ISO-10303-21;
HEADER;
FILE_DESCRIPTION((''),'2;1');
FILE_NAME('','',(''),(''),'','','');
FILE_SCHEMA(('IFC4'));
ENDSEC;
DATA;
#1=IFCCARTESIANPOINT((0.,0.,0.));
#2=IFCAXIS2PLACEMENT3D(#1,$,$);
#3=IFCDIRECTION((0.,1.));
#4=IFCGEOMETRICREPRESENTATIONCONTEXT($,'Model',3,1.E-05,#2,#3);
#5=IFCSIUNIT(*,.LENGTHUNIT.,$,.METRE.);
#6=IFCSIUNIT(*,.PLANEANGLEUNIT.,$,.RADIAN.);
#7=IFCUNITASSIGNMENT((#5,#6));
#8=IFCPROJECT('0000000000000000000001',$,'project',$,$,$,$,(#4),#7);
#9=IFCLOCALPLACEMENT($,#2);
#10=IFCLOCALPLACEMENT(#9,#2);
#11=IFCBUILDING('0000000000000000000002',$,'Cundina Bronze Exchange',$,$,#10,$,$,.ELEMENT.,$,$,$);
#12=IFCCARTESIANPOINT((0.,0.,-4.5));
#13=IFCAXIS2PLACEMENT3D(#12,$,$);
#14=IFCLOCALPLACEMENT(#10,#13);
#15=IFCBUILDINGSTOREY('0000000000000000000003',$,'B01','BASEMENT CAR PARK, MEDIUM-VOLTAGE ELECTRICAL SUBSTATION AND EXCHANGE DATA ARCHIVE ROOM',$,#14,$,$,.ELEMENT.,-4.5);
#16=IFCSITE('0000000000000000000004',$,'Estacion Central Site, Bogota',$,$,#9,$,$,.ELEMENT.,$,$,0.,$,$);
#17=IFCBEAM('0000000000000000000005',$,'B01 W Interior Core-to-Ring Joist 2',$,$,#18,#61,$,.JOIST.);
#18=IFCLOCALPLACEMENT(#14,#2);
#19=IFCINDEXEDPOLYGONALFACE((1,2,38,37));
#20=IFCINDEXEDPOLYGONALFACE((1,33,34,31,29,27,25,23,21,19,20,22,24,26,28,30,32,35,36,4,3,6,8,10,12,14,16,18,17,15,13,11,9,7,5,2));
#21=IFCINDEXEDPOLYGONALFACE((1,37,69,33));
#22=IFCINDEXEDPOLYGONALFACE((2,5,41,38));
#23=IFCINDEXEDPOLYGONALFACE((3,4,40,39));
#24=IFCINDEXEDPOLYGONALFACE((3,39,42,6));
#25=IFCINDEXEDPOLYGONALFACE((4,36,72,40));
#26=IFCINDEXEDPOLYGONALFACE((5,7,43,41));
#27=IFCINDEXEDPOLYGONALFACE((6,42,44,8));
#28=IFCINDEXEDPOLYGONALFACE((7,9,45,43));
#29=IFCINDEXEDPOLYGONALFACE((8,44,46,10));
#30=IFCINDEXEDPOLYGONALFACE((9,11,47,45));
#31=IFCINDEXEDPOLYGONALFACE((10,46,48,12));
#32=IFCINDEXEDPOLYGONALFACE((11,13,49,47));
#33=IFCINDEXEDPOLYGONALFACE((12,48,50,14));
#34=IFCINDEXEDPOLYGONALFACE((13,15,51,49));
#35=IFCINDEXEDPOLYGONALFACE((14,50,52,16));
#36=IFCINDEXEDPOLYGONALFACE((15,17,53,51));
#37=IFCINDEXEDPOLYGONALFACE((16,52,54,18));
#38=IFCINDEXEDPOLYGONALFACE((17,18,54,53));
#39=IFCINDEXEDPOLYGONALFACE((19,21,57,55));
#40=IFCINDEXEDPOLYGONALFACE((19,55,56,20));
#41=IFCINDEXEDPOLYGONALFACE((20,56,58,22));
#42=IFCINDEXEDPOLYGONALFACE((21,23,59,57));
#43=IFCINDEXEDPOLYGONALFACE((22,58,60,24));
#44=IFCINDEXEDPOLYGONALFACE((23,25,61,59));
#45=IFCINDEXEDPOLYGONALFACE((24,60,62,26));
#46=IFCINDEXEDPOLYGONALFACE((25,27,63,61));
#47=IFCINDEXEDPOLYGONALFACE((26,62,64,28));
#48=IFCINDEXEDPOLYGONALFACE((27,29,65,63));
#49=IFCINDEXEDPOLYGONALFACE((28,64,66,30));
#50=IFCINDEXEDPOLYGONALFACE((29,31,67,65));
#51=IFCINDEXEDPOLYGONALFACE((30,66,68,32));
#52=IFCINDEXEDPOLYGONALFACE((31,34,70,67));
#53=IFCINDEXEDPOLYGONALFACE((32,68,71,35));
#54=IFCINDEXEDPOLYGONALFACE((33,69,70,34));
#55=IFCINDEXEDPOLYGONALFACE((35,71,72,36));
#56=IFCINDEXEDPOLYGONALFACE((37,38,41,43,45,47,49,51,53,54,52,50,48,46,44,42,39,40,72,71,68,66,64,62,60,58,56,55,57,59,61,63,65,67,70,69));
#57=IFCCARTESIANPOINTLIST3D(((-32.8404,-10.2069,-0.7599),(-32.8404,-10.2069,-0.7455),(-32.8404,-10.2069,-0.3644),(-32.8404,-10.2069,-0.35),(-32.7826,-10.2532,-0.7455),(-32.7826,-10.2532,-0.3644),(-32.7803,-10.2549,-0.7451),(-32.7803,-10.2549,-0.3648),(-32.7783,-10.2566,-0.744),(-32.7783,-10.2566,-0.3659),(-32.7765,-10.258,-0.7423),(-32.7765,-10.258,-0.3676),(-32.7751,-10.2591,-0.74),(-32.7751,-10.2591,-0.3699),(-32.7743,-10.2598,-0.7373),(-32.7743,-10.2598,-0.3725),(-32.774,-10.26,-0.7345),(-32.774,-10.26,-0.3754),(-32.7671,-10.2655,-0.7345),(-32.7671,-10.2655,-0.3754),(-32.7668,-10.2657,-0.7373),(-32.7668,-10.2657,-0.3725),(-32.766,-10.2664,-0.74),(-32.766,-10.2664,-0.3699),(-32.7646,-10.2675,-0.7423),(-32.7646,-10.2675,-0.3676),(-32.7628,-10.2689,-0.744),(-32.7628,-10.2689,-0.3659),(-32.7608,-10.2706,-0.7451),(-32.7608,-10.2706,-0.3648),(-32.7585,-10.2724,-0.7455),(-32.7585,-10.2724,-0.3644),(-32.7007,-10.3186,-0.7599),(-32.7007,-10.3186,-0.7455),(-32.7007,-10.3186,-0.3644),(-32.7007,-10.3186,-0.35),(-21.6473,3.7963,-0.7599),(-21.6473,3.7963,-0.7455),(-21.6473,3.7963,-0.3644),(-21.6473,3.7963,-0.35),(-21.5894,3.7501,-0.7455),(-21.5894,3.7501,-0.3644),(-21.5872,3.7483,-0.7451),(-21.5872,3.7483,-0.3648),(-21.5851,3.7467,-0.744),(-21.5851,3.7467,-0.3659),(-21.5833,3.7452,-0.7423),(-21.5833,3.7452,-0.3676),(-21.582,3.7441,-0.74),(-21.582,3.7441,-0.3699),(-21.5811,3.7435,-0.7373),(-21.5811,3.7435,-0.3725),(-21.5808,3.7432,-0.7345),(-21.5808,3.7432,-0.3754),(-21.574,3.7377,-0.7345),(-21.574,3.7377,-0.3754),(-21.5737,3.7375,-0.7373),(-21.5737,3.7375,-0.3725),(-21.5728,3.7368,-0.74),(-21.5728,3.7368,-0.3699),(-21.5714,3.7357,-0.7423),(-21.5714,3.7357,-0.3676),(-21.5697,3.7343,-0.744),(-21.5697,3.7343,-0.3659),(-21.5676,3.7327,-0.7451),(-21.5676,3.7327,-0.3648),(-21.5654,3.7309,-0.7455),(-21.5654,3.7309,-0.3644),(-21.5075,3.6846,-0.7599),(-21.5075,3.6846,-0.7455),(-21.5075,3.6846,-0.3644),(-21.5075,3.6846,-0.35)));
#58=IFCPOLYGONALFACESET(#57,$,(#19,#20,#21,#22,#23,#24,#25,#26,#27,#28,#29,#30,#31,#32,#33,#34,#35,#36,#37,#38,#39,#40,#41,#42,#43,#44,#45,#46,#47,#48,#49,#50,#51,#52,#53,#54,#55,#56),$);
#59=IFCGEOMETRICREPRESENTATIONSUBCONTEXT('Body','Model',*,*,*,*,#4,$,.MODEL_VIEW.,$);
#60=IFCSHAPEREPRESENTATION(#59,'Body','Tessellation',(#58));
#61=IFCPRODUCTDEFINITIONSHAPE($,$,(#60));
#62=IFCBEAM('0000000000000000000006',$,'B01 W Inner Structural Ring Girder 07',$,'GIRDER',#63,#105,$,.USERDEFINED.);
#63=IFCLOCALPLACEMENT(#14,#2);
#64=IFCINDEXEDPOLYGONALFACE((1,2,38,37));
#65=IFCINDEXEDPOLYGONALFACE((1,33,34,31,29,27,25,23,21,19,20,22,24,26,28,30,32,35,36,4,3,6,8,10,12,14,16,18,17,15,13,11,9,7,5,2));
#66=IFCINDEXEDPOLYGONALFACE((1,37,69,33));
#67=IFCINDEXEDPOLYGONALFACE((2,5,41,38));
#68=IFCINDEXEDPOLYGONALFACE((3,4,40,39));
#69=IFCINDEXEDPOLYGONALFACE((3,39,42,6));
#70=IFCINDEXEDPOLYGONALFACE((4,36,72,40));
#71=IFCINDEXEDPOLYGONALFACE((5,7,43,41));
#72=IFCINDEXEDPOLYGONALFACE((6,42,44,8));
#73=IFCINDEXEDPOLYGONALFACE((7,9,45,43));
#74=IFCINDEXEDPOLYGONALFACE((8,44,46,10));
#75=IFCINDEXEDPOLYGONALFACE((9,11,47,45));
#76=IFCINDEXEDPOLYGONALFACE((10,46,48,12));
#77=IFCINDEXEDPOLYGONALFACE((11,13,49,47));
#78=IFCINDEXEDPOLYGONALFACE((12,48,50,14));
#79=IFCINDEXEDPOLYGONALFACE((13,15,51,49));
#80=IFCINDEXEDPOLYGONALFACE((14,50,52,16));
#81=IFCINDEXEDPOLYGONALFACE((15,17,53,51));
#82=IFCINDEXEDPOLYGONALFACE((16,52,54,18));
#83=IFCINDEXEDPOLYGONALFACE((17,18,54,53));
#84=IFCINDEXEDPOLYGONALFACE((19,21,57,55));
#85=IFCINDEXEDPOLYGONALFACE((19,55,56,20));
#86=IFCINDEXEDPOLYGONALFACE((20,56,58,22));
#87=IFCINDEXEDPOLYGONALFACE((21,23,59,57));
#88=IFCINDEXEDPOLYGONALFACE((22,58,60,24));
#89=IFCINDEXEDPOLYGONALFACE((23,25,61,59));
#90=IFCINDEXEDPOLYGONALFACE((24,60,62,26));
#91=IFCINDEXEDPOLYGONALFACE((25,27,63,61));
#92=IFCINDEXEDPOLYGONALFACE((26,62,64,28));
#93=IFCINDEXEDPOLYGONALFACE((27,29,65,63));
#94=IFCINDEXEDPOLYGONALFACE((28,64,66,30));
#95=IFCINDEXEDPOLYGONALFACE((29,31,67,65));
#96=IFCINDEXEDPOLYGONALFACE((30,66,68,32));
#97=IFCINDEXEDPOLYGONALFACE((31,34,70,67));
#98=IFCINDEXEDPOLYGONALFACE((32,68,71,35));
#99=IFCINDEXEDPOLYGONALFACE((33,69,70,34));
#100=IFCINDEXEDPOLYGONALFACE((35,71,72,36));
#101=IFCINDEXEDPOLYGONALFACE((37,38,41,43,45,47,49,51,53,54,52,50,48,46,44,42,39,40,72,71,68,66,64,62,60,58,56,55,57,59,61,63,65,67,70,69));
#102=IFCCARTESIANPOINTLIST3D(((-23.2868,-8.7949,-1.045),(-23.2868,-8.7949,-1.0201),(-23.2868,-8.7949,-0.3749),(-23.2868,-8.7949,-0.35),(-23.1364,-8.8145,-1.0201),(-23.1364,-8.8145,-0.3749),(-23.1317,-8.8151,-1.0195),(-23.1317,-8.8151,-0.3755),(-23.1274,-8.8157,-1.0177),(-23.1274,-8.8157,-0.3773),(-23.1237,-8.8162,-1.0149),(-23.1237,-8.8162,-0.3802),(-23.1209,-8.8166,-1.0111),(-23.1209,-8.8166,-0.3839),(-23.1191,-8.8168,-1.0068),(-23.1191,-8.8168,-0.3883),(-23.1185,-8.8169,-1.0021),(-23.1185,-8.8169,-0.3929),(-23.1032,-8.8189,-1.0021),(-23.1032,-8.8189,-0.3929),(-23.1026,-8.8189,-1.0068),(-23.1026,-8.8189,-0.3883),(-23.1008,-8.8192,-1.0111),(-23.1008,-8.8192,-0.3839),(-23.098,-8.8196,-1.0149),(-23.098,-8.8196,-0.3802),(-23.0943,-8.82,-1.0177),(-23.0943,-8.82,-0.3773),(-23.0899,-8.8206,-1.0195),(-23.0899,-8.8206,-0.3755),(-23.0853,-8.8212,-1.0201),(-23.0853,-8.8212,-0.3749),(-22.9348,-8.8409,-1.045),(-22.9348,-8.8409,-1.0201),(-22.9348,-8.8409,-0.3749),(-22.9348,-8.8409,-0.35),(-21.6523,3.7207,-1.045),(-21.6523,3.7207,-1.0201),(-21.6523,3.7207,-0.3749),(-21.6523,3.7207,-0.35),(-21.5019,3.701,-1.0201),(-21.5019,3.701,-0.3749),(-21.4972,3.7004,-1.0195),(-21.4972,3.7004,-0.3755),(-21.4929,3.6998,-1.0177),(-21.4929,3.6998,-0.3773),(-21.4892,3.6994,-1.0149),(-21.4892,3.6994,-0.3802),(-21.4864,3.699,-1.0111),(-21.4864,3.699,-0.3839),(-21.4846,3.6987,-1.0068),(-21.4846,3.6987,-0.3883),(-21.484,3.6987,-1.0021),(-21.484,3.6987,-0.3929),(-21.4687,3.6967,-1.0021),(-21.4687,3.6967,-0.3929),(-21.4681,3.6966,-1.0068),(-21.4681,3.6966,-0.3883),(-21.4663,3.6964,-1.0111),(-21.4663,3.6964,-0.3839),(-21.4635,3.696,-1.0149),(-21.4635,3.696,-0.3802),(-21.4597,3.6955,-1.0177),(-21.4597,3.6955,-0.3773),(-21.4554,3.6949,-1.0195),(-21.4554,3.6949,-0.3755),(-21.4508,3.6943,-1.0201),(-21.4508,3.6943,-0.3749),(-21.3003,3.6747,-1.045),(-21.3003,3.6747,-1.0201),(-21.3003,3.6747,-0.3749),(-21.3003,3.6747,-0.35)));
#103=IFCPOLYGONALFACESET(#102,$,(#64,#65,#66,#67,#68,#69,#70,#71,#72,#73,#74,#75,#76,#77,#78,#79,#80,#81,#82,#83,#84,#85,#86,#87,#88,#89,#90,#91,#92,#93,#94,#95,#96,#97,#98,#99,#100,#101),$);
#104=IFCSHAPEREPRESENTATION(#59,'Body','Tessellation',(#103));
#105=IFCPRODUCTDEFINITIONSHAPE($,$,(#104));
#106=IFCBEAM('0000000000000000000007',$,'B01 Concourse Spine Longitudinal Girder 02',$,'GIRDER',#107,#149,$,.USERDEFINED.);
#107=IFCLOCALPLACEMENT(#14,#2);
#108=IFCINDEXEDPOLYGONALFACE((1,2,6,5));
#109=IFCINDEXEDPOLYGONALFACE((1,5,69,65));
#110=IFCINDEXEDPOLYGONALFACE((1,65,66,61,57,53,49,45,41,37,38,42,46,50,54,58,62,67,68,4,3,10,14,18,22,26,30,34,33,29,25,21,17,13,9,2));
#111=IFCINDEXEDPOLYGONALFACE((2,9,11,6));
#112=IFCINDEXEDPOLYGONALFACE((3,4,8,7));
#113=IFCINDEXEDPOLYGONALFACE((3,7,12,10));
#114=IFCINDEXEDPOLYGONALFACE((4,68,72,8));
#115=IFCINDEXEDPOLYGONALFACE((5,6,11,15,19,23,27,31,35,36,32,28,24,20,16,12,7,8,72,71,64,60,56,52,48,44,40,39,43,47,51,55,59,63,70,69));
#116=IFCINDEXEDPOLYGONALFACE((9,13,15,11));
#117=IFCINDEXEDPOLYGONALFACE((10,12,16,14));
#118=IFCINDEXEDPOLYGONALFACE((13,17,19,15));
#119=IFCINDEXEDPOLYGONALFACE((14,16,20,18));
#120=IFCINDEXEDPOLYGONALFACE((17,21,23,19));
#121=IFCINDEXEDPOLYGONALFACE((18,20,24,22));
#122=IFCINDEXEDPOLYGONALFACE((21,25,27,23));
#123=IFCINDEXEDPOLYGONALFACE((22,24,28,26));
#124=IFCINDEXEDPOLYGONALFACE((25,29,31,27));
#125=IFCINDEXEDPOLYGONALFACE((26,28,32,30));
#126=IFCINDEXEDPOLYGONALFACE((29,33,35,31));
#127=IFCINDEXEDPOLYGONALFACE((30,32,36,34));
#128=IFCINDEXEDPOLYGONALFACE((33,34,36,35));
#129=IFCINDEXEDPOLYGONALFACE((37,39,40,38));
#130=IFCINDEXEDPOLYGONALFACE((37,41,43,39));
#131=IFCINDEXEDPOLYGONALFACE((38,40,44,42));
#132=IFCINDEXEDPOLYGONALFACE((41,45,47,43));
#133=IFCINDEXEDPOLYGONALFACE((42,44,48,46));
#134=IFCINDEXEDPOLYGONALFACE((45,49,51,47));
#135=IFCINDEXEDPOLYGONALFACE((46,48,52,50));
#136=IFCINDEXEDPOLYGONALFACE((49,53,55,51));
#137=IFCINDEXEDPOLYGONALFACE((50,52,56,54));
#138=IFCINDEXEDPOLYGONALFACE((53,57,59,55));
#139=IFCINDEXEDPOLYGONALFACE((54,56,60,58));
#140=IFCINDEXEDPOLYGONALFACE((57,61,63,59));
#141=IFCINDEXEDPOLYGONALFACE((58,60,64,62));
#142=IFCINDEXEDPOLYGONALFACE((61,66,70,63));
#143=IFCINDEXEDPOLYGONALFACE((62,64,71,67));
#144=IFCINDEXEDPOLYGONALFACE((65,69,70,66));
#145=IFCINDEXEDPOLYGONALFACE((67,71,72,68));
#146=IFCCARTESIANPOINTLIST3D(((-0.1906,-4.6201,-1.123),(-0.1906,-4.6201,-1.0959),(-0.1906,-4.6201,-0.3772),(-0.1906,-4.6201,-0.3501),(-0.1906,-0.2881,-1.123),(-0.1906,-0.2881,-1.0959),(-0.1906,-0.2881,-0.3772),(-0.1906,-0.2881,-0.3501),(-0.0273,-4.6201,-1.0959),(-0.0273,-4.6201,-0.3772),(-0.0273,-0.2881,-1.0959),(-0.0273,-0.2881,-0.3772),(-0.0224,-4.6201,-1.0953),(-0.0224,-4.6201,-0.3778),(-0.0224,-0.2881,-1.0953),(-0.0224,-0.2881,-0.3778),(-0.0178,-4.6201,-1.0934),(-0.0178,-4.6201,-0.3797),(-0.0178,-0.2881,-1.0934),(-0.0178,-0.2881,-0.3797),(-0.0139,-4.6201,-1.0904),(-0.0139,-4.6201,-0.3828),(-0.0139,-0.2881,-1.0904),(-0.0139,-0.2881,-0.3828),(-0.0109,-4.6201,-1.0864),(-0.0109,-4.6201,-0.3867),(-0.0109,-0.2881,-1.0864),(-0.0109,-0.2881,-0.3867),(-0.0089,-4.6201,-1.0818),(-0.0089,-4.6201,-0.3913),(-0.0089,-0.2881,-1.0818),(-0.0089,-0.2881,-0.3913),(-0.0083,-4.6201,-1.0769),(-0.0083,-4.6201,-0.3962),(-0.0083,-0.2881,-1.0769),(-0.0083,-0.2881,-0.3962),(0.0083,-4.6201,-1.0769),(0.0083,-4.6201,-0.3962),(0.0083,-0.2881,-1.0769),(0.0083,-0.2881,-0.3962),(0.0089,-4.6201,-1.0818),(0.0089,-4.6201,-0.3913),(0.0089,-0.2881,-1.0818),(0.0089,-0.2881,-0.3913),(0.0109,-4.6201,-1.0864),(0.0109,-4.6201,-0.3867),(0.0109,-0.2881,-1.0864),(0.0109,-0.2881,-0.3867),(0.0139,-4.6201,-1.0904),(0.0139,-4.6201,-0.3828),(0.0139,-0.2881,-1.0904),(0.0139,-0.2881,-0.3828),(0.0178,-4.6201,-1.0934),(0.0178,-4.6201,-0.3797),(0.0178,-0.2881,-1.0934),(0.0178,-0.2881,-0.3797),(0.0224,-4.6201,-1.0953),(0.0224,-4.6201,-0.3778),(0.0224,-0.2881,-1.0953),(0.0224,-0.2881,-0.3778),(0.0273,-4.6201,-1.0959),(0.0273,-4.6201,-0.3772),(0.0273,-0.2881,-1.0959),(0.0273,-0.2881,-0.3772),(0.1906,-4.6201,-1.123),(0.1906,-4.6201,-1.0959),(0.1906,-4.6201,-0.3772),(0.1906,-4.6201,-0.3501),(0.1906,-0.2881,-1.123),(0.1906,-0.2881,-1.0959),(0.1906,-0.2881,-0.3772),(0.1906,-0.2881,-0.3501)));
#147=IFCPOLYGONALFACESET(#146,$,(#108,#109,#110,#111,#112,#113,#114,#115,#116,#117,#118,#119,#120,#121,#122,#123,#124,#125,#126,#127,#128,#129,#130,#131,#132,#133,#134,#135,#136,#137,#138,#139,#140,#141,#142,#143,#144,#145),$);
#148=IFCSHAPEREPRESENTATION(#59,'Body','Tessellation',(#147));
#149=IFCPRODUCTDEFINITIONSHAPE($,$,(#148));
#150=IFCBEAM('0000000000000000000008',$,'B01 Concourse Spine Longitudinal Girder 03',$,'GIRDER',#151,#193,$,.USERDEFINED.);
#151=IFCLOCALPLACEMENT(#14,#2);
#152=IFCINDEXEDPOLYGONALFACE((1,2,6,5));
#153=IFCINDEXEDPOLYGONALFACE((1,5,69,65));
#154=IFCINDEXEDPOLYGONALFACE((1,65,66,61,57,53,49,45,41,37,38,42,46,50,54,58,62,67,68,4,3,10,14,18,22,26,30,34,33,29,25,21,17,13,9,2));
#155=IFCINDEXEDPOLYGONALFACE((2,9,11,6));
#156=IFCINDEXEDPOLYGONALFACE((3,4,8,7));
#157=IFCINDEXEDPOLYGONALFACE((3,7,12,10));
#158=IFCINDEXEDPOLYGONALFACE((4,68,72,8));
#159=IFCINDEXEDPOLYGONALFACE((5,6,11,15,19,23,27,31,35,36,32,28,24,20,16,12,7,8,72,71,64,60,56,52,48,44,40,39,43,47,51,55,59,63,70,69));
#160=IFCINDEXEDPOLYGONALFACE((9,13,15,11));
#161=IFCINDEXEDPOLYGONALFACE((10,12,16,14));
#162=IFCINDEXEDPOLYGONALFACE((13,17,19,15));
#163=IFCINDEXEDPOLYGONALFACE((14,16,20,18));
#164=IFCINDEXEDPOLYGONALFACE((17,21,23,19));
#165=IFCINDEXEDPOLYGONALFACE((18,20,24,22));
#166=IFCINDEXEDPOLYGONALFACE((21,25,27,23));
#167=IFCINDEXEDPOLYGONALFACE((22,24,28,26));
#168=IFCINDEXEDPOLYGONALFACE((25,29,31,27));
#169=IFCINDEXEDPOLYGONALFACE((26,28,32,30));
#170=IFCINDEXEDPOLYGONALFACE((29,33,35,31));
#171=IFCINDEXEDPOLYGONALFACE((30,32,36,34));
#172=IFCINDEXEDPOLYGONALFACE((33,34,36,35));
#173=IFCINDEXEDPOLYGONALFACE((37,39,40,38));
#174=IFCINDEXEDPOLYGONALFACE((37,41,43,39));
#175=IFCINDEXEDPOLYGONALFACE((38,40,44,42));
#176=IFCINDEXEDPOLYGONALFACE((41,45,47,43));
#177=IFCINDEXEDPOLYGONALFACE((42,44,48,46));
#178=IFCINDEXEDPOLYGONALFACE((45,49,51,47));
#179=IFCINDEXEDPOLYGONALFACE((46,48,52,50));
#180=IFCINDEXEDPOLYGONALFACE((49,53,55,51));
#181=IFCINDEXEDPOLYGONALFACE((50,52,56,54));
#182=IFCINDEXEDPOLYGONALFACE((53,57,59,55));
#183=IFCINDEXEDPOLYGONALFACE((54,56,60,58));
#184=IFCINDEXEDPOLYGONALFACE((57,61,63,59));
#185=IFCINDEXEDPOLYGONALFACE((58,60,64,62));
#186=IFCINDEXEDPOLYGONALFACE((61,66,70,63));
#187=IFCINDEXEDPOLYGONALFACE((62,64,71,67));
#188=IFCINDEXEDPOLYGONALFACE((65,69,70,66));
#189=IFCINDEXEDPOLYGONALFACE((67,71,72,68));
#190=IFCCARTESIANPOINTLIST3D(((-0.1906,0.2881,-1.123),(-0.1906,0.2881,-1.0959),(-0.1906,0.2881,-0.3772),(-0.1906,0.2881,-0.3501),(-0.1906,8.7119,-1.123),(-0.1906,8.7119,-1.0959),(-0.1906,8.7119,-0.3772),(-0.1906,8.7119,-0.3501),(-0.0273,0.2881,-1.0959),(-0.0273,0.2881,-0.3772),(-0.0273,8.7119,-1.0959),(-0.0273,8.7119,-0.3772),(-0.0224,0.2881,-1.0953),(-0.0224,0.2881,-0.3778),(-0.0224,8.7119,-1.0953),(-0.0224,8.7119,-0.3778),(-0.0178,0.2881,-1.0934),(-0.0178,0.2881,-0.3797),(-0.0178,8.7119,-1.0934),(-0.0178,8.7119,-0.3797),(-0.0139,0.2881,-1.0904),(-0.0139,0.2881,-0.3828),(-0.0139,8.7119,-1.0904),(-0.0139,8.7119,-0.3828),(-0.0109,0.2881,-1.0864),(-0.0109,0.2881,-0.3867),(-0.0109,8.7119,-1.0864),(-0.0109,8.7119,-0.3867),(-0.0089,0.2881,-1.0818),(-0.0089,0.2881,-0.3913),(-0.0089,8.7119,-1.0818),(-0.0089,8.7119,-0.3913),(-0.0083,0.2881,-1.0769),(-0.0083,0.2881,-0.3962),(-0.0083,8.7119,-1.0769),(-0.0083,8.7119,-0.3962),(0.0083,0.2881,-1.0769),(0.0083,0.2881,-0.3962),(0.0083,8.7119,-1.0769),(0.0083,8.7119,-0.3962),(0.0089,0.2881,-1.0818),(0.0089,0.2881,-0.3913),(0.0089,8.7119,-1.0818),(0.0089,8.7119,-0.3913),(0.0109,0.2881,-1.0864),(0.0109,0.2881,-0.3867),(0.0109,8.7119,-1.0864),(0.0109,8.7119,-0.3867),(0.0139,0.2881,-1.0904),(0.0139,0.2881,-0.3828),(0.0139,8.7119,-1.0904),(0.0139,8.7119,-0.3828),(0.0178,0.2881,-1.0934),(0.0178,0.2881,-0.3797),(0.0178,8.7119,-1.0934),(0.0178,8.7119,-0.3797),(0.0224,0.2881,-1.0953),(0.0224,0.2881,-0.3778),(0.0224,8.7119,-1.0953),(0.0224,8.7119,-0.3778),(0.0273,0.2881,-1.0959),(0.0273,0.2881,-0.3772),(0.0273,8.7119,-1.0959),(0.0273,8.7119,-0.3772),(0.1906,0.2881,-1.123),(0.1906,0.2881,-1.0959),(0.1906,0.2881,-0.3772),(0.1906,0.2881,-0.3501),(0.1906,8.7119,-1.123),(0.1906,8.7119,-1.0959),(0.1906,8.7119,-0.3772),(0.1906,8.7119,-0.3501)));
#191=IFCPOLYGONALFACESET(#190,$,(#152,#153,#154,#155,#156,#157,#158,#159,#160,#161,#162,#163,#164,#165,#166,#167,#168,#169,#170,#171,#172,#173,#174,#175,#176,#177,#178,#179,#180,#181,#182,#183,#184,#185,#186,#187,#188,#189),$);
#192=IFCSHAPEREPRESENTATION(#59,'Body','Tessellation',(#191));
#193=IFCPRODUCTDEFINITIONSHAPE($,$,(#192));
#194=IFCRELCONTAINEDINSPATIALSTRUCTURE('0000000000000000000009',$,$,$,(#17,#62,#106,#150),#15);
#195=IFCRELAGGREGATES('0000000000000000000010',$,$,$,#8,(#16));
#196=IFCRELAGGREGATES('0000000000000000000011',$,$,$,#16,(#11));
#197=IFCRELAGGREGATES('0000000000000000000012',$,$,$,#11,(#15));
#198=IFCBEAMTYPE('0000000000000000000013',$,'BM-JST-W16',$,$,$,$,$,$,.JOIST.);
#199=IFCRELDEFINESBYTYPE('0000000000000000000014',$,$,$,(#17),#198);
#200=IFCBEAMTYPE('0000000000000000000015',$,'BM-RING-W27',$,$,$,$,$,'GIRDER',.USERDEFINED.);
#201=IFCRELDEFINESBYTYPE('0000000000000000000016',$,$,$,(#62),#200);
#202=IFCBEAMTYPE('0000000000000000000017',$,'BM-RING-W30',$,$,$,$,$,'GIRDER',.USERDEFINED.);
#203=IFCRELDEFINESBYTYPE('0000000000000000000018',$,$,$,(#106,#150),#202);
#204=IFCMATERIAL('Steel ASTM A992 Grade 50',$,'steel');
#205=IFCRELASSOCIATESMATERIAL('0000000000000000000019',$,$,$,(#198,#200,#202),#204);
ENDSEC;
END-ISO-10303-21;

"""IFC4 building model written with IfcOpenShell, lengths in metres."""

from ifc_helpers import new_model, si_unit, direction, frame, origin, origin_2d, place, context, subcontext, project, spatial, i_section, extrude, material, material_profile, profile_set, type_object, element, save


model = new_model("IFC4")

# Units and contexts
model_context = context("Model", 3, precision=1e-05, world=origin(), true_north=direction((0.0, 1.0)))
body_context = subcontext(model_context, "Body", "Model", "MODEL_VIEW")
ifc_project = project(units=[si_unit("LENGTHUNIT", "METRE"), si_unit("PLANEANGLEUNIT", "RADIAN")], contexts=[model_context])

# Site, building, storey
site_placement = place(None, origin())
site = spatial("IfcSite", under=ifc_project, at=site_placement, Name="Estacion Central Site, Bogota", CompositionType="ELEMENT", RefElevation=0.0)
building_placement = place(site_placement, origin())
building = spatial("IfcBuilding", under=site, at=building_placement, Name="Cundina Bronze Exchange", CompositionType="ELEMENT")
storey_placement = place(building_placement, frame((0.0, 0.0, -4.5)))
storey = spatial("IfcBuildingStorey", under=building, at=storey_placement, Name="B01", Description="BASEMENT CAR PARK, MEDIUM-VOLTAGE ELECTRICAL SUBSTATION AND EXCHANGE DATA ARCHIVE ROOM", CompositionType="ELEMENT", Elevation=-4.5)

# Shared definitions
ifc_material_1 = material(Name="Steel ASTM A992 Grade 50", Category="steel")

# Beams
ifc_material_profile_1 = material_profile(ifc_material_1, i_section(OverallWidth=0.179, OverallDepth=0.4099, WebThickness=0.0088, FlangeThickness=0.0144, FilletRadius=0.011, at=origin_2d()), Name="W16X45", Category="steel")
ifc_profile_set_1 = profile_set([ifc_material_profile_1], Name="Steel ASTM A992 Grade 50")
beam_type_1 = type_object("IfcBeamType", Name="BM-JST-W16", PredefinedType="JOIST", material=ifc_profile_set_1)
beam_1_placement = place(storey_placement, frame((-21.5774, 3.7405, -0.5549), z_axis=(-0.624374, -0.781125, 0.0), x_axis=(0.781125, -0.624374, 0.0)))
element("IfcBeam", 1, at=beam_1_placement, inside=storey, type_object=beam_type_1, Name="B01 W Interior Core-to-Ring Joist 2", PredefinedType="JOIST", context=body_context, shape_type="SweptSolid", body=[
    extrude(i_section(OverallWidth=0.179, OverallDepth=0.4099, WebThickness=0.0088, FlangeThickness=0.0144, FilletRadius=0.011, at=origin_2d()), origin(), (0.0, 0.0, 1.0), 17.927),
])
ifc_material_profile_2 = material_profile(ifc_material_1, i_section(OverallWidth=0.355, OverallDepth=0.6951, WebThickness=0.0154, FlangeThickness=0.0249, FilletRadius=0.0181, at=origin_2d()), Name="W27X146", Category="steel")
ifc_profile_set_2 = profile_set([ifc_material_profile_2], Name="Steel ASTM A992 Grade 50")
beam_type_2 = type_object("IfcBeamType", Name="BM-RING-W27", ElementType="GIRDER", PredefinedType="USERDEFINED", material=ifc_profile_set_2)
beam_2_placement = place(storey_placement, frame((-23.1108, -8.8179, -0.6975), z_axis=(0.129499, 0.99158, 0.0), x_axis=(-0.99158, 0.129499, 0.0)))
element("IfcBeam", 2, at=beam_2_placement, inside=storey, type_object=beam_type_2, Name="B01 W Inner Structural Ring Girder 07", ObjectType="GIRDER", PredefinedType="USERDEFINED", context=body_context, shape_type="SweptSolid", body=[
    extrude(i_section(OverallWidth=0.355, OverallDepth=0.6951, WebThickness=0.0154, FlangeThickness=0.0249, FilletRadius=0.0181, at=origin_2d()), origin(), (0.0, 0.0, 1.0), 12.6218),
])
ifc_material_profile_3 = material_profile(ifc_material_1, i_section(OverallWidth=0.3811, OverallDepth=0.7729, WebThickness=0.0166, FlangeThickness=0.0271, FilletRadius=0.019, at=origin_2d()), Name="W30X173", Category="steel")
ifc_profile_set_3 = profile_set([ifc_material_profile_3], Name="Steel ASTM A992 Grade 50")
beam_type_3 = type_object("IfcBeamType", Name="BM-RING-W30", ElementType="GIRDER", PredefinedType="USERDEFINED", material=ifc_profile_set_3)
beam_3_placement = place(storey_placement, frame((0.0, -4.6201, -0.7366), z_axis=(0.0, 1.0, 0.0), x_axis=(-1.0, 0.0, 0.0)))
element("IfcBeam", 3, at=beam_3_placement, inside=storey, type_object=beam_type_3, Name="B01 Concourse Spine Longitudinal Girder 02", ObjectType="GIRDER", PredefinedType="USERDEFINED", context=body_context, shape_type="SweptSolid", body=[
    extrude(i_section(OverallWidth=0.3811, OverallDepth=0.7729, WebThickness=0.0166, FlangeThickness=0.0271, FilletRadius=0.019, at=origin_2d()), origin(), (0.0, 0.0, 1.0), 4.332),
])
beam_4_placement = place(storey_placement, frame((0.0, 0.2881, -0.7366), z_axis=(0.0, 1.0, 0.0), x_axis=(-1.0, 0.0, 0.0)))
element("IfcBeam", 4, at=beam_4_placement, inside=storey, type_object=beam_type_3, Name="B01 Concourse Spine Longitudinal Girder 03", ObjectType="GIRDER", PredefinedType="USERDEFINED", context=body_context, shape_type="SweptSolid", body=[
    extrude(i_section(OverallWidth=0.3811, OverallDepth=0.7729, WebThickness=0.0166, FlangeThickness=0.0271, FilletRadius=0.019, at=origin_2d()), origin(), (0.0, 0.0, 1.0), 8.4238),
])

save(model, "model.ifc")
